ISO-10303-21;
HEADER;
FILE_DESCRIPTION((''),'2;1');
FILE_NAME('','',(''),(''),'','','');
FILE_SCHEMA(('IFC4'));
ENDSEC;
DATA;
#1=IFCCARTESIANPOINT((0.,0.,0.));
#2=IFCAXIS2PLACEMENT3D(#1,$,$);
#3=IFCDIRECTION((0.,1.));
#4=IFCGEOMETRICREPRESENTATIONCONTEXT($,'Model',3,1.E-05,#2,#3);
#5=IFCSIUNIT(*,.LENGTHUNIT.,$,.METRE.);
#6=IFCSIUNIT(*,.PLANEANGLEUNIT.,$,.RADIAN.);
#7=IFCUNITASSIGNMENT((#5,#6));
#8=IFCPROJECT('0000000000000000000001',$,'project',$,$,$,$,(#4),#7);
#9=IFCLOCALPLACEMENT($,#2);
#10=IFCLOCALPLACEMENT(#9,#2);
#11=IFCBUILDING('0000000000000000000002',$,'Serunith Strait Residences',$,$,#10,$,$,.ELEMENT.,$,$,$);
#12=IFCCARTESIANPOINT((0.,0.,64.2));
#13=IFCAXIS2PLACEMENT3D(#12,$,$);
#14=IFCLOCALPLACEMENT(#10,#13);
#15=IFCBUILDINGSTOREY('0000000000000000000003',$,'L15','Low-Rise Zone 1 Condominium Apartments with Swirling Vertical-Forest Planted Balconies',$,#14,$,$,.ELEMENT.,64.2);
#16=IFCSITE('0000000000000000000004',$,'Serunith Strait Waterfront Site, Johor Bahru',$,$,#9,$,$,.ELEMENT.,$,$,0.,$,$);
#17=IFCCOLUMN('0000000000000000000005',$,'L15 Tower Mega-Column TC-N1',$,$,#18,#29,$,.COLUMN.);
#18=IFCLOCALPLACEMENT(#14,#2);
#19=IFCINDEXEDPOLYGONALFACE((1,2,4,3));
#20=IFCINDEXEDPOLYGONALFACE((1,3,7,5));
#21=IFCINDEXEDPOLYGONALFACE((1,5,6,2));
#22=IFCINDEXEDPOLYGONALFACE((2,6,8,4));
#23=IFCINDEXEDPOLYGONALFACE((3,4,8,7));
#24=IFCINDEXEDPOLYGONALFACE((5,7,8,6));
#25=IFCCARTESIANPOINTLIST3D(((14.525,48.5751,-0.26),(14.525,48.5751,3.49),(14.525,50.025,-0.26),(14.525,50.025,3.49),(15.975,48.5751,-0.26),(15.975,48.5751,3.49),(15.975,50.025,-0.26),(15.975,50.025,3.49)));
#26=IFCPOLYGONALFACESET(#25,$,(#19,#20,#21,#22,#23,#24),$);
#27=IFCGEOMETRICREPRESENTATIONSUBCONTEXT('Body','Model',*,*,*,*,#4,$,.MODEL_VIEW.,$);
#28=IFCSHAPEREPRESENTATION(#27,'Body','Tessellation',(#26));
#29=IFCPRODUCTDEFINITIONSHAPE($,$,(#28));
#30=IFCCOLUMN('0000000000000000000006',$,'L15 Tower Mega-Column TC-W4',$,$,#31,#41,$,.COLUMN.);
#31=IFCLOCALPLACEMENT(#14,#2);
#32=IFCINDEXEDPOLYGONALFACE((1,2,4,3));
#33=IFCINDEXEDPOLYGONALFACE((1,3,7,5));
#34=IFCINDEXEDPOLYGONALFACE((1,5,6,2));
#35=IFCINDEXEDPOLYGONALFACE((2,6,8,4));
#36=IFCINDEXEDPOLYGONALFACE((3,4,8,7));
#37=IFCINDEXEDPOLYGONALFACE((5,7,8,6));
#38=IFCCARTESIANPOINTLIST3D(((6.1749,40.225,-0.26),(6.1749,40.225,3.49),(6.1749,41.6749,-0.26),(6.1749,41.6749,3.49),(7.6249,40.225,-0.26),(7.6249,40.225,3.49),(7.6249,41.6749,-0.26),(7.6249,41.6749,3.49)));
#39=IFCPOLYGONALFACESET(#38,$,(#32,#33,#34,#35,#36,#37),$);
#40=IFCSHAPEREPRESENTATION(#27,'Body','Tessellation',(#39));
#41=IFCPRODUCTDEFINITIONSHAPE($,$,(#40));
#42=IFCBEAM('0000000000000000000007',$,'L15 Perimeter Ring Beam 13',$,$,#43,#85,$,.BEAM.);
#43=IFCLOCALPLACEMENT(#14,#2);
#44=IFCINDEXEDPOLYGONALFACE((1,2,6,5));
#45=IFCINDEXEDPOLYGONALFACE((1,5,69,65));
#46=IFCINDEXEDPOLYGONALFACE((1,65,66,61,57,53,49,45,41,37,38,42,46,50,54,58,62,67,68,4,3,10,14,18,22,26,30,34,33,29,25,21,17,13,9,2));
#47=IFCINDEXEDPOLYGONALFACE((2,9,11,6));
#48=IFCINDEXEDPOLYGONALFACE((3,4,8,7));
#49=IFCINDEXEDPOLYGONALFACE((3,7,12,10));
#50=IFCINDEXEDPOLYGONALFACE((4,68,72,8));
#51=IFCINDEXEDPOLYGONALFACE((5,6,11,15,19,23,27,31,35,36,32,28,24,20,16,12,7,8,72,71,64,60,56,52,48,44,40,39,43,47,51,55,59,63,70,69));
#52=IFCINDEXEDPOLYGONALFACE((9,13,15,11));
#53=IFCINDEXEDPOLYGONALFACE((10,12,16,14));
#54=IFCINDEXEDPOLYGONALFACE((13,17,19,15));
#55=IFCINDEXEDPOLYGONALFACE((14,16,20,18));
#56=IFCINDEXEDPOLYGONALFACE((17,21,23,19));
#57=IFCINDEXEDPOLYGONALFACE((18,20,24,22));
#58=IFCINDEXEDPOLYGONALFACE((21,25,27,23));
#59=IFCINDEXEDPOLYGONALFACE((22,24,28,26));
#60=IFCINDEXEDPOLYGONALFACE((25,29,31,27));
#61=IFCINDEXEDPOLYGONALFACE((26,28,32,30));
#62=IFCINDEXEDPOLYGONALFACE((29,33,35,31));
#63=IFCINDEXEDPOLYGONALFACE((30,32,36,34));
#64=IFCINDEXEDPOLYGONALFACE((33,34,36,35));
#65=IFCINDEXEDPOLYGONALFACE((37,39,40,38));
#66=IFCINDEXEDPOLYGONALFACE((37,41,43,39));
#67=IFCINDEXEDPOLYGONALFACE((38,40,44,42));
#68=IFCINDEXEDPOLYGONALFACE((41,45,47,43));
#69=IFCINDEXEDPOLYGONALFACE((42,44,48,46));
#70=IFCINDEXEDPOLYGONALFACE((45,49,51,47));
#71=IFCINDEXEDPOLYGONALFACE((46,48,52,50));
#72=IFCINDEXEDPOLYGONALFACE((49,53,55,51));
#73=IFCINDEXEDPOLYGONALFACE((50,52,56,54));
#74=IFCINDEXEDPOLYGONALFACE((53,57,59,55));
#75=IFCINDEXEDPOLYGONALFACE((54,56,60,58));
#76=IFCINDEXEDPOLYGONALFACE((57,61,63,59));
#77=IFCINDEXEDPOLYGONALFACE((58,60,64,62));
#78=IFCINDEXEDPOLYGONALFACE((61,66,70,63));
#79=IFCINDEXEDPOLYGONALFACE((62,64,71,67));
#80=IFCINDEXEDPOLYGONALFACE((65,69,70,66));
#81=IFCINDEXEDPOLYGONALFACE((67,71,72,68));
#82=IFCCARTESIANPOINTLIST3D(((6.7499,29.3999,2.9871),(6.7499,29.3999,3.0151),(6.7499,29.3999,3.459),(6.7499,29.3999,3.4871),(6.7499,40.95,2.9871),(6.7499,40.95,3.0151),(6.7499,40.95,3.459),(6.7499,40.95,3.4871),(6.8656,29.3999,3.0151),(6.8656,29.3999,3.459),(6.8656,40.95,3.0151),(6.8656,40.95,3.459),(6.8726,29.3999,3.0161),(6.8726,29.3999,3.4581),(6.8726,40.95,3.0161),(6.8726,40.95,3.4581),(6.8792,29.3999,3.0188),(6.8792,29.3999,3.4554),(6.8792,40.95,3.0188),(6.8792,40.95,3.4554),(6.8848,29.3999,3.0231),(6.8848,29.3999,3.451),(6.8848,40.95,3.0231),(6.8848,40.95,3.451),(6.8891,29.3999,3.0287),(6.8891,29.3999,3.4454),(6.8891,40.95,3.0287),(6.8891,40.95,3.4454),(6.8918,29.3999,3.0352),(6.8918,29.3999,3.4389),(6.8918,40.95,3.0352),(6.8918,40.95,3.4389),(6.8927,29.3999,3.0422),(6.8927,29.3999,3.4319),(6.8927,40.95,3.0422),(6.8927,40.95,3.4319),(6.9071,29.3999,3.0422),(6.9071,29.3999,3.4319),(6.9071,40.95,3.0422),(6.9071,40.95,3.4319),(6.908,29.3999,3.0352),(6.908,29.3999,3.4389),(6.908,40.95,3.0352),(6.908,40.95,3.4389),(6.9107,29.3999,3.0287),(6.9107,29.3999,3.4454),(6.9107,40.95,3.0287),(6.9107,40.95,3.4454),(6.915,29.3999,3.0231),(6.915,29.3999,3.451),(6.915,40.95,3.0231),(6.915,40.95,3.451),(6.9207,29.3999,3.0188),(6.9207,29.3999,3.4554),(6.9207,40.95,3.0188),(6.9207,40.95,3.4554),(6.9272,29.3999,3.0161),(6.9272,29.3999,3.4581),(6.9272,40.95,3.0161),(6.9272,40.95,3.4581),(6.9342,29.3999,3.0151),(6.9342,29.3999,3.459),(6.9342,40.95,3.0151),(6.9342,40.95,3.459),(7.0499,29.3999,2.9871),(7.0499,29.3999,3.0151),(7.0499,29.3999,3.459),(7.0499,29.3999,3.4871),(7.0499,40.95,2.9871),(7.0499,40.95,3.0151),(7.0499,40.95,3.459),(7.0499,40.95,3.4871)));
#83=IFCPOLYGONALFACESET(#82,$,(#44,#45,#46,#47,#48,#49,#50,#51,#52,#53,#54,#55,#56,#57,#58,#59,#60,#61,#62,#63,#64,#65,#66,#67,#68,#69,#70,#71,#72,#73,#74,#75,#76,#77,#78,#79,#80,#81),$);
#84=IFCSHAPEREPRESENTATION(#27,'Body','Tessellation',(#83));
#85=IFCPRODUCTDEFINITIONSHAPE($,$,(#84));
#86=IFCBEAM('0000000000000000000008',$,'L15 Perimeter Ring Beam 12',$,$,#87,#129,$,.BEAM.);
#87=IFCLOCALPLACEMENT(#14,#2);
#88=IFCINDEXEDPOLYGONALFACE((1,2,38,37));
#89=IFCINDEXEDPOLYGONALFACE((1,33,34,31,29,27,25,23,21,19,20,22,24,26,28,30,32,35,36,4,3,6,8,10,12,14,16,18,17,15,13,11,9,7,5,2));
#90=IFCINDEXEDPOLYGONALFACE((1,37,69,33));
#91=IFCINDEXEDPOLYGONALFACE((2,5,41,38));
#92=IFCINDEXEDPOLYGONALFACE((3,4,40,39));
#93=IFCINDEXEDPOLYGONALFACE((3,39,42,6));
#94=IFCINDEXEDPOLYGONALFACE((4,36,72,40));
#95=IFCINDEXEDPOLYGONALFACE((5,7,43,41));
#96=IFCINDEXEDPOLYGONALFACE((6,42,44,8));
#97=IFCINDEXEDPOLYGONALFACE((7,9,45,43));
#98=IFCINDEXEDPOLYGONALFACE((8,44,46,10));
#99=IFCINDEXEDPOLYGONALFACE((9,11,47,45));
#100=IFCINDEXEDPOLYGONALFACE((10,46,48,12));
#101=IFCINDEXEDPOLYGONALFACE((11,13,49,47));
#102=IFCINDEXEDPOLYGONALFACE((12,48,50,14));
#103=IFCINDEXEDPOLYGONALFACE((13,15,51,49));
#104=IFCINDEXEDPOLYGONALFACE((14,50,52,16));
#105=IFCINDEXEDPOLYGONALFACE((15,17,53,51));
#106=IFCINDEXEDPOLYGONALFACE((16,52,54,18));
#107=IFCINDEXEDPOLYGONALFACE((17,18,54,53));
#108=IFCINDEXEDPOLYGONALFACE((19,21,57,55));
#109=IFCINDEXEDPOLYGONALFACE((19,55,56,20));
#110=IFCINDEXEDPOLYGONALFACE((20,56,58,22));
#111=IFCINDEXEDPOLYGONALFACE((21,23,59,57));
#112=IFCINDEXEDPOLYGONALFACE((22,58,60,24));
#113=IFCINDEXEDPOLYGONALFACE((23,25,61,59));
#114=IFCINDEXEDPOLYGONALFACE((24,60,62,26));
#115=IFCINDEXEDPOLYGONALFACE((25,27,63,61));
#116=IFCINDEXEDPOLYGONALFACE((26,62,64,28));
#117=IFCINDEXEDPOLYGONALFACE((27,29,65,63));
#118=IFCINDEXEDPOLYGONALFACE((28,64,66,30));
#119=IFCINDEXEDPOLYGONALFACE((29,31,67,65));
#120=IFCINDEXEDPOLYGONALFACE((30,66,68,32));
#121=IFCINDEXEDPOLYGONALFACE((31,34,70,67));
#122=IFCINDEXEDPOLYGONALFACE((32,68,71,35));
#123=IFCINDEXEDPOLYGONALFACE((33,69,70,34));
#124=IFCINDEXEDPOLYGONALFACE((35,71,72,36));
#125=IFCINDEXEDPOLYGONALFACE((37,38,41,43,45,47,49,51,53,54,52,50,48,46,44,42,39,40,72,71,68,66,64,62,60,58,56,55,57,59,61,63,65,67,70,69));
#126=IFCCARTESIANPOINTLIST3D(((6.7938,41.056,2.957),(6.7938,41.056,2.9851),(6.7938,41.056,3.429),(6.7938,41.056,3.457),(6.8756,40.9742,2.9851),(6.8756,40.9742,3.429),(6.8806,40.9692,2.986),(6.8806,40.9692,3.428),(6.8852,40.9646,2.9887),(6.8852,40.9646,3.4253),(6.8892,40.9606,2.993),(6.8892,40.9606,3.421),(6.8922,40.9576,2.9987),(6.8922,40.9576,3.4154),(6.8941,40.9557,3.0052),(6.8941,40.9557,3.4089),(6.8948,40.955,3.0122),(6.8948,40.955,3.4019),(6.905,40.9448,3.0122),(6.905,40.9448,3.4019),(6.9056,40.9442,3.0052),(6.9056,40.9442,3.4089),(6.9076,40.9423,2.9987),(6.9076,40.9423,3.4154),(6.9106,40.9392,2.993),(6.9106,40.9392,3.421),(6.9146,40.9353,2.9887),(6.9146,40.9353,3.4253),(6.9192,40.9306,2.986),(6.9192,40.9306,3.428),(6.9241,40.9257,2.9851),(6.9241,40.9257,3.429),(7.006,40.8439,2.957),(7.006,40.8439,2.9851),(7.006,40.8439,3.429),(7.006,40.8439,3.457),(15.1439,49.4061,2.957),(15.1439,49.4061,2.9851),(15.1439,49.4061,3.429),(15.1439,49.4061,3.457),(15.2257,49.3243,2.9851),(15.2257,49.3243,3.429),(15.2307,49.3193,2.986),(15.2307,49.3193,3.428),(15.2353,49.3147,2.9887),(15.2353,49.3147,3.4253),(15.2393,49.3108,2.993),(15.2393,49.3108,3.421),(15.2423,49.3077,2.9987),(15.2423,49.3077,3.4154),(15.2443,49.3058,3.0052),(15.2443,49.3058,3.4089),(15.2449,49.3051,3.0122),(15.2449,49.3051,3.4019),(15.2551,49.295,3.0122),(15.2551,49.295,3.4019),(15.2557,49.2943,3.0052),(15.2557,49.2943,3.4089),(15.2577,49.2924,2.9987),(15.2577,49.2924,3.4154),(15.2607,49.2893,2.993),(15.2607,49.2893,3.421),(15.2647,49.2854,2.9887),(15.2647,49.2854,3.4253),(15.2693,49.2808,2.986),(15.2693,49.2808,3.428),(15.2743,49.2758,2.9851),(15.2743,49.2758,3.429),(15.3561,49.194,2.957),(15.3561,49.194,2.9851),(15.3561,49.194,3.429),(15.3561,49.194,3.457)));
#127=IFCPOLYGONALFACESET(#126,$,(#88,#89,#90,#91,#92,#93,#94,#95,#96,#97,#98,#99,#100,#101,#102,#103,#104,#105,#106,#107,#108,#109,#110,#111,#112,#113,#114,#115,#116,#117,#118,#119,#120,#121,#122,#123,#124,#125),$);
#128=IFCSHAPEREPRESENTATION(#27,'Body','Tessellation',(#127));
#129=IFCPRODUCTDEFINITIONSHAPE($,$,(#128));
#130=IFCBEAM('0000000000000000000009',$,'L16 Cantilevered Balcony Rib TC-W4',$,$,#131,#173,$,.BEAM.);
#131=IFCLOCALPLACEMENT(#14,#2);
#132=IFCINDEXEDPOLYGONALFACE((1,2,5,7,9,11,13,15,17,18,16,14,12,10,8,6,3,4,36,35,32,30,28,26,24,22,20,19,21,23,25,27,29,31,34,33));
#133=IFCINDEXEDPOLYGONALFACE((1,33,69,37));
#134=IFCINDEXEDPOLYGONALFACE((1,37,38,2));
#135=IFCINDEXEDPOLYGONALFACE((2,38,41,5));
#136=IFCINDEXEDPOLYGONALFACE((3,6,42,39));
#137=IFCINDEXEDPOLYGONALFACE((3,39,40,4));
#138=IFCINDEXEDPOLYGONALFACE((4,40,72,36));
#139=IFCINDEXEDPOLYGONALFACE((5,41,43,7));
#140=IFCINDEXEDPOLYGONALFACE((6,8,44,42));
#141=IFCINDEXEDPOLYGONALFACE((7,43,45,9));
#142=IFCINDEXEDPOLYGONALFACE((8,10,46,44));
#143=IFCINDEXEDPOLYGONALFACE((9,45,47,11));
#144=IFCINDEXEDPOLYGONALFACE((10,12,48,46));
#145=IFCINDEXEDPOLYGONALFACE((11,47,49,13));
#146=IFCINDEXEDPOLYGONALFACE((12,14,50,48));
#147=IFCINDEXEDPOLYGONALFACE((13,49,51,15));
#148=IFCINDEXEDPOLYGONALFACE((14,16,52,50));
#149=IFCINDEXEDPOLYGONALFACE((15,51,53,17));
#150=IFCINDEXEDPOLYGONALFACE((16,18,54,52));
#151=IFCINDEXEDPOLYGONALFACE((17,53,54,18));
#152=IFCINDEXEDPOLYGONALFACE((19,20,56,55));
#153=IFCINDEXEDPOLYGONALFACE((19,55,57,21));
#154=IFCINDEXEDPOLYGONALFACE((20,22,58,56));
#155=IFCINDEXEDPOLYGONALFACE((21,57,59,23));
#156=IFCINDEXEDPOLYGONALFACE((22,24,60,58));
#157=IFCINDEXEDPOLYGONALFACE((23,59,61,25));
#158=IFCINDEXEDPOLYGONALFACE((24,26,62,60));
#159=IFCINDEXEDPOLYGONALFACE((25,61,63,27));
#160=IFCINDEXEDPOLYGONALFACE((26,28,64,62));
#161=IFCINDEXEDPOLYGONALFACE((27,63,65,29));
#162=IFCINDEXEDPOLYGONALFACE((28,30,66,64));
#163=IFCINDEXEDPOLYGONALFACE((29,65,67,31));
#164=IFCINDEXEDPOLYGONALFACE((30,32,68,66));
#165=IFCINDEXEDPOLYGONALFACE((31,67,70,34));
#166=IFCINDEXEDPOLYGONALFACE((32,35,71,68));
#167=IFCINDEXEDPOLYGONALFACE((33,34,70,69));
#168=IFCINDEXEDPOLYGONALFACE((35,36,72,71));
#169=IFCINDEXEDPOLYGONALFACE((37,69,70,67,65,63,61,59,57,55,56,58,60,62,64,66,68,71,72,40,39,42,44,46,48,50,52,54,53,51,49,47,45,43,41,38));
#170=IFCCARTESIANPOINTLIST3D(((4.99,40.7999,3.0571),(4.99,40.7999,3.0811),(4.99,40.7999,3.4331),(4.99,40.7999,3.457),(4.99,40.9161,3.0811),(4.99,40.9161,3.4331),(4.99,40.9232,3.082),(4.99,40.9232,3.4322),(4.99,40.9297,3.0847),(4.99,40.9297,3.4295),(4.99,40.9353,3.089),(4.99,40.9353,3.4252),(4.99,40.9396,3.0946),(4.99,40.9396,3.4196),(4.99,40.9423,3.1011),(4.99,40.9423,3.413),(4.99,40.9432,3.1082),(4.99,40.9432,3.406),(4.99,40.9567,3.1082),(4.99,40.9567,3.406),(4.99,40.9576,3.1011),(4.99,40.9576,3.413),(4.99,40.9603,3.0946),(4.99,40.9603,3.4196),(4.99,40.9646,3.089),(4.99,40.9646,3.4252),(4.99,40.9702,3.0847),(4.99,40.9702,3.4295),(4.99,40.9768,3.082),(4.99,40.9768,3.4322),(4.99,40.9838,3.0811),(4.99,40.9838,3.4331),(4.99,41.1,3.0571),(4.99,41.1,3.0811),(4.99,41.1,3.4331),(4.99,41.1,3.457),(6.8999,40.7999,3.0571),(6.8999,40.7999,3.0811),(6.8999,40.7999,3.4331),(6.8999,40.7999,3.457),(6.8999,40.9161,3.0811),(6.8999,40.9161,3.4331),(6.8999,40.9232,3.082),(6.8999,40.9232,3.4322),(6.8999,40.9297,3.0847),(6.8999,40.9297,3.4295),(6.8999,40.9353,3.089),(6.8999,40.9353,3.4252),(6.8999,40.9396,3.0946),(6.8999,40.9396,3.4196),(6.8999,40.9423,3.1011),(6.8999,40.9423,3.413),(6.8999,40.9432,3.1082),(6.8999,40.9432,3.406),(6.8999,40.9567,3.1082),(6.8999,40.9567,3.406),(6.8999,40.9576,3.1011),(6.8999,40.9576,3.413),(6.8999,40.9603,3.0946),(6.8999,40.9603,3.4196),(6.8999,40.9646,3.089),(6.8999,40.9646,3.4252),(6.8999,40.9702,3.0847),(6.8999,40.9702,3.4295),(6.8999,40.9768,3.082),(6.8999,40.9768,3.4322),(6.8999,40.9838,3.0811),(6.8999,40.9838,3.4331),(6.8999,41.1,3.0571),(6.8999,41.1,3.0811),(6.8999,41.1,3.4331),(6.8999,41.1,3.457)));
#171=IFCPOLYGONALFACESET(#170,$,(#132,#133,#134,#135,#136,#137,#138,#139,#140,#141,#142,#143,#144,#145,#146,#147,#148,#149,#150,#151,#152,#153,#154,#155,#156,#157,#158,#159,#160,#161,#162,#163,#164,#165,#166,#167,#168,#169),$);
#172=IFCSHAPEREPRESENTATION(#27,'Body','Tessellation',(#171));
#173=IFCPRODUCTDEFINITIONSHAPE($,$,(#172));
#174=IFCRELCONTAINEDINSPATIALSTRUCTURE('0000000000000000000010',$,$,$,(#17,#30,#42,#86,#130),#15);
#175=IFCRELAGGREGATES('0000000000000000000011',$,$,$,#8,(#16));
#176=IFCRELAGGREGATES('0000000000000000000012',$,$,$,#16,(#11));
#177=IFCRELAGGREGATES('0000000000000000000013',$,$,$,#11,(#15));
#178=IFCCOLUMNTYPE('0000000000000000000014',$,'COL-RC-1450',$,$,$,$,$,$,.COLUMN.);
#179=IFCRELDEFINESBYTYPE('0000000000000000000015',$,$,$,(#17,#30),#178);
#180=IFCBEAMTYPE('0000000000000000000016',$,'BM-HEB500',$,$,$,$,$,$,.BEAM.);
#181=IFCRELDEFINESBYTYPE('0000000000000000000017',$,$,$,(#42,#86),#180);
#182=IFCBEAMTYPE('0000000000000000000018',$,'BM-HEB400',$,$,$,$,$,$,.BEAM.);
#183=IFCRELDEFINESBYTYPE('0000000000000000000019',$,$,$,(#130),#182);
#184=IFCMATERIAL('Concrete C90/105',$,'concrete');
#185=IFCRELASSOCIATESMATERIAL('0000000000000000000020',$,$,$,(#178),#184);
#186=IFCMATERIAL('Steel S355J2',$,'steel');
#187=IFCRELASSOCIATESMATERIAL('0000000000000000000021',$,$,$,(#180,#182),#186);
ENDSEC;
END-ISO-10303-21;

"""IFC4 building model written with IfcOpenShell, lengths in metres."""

from ifc_helpers import new_model, si_unit, direction, frame, origin, origin_2d, place, context, subcontext, project, spatial, rectangle, i_section, extrude, source, transform, mapped, material, material_profile, profile_set, type_object, element, save


model = new_model("IFC4")

# Units and contexts
model_context = context("Model", 3, precision=1e-05, world=origin(), true_north=direction((0.0, 1.0)))
body_context = subcontext(model_context, "Body", "Model", "MODEL_VIEW")
ifc_project = project(units=[si_unit("LENGTHUNIT", "METRE"), si_unit("PLANEANGLEUNIT", "RADIAN")], contexts=[model_context])

# Site, building, storey
site_placement = place(None, origin())
site = spatial("IfcSite", under=ifc_project, at=site_placement, Name="Serunith Strait Waterfront Site, Johor Bahru", CompositionType="ELEMENT", RefElevation=0.0)
building_placement = place(site_placement, origin())
building = spatial("IfcBuilding", under=site, at=building_placement, Name="Serunith Strait Residences", CompositionType="ELEMENT")
storey_placement = place(building_placement, frame((0.0, 0.0, 64.2)))
storey = spatial("IfcBuildingStorey", under=building, at=storey_placement, Name="L15", Description="Low-Rise Zone 1 Condominium Apartments with Swirling Vertical-Forest Planted Balconies", CompositionType="ELEMENT", Elevation=64.2)

# Columns
ifc_material_1 = material(Name="Concrete C90/105", Category="concrete")
ifc_material_profile_1 = material_profile(ifc_material_1, rectangle(XDim=1.45, YDim=1.45, at=origin_2d()), Name="RC 1450x1450")
ifc_profile_set_1 = profile_set([ifc_material_profile_1], Name="Concrete C90/105")
column_type = type_object("IfcColumnType", Name="COL-RC-1450", PredefinedType="COLUMN", material=ifc_profile_set_1)
shared_shape_1 = source(origin(), body_context, "Body", "SweptSolid", [
    extrude(rectangle(XDim=1.45, YDim=1.45, at=origin_2d()), origin(), (0.0, 0.0, 1.0), 3.75),
])
for number, where, z_axis, x_axis, name in (
    (1, (15.25, 49.3, -0.26), (0.0, 0.0, 1.0), (1.0, 0.0, 0.0), "L15 Tower Mega-Column TC-N1"),
    (2, (6.8999, 40.95, -0.26), (0.0, 0.0, 1.0), (1.0, 0.0, 0.0), "L15 Tower Mega-Column TC-W4"),
):
    element("IfcColumn", number, at=place(storey_placement, frame(where, z_axis=z_axis, x_axis=x_axis)), inside=storey, type_object=column_type, Name=name, PredefinedType="COLUMN", context=body_context, shape_type="MappedRepresentation", body=[
        mapped(shared_shape_1, transform((0.0, 0.0, 0.0), scale=1.0)),
    ])

# Beams
ifc_material_2 = material(Name="Steel S355J2", Category="steel")
ifc_material_profile_2 = material_profile(ifc_material_2, i_section(OverallWidth=0.3, OverallDepth=0.5, WebThickness=0.0144, FlangeThickness=0.0281, FilletRadius=0.0271, at=origin_2d()), Name="HEB 500")
ifc_profile_set_2 = profile_set([ifc_material_profile_2], Name="Steel S355J2")
beam_type_1 = type_object("IfcBeamType", Name="BM-HEB500", PredefinedType="BEAM", material=ifc_profile_set_2)
shared_shape_2 = source(origin(), body_context, "Body", "SweptSolid", [
    extrude(i_section(OverallWidth=0.3, OverallDepth=0.5, WebThickness=0.0144, FlangeThickness=0.0281, FilletRadius=0.0271, at=origin_2d()), origin(), (0.0, 0.0, 1.0), 11.55),
])
beam_1_placement = place(storey_placement, frame((6.8999, 40.95, 3.2371), z_axis=(0.0, -1.0, 0.0), x_axis=(1.0, 0.0, 0.0)))
element("IfcBeam", 3, at=beam_1_placement, inside=storey, type_object=beam_type_1, Name="L15 Perimeter Ring Beam 13", PredefinedType="BEAM", context=body_context, shape_type="MappedRepresentation", body=[
    mapped(shared_shape_2, transform((0.0, 0.0, 0.0), scale=1.0)),
])
shared_shape_3 = source(origin(), body_context, "Body", "SweptSolid", [
    extrude(i_section(OverallWidth=0.3, OverallDepth=0.5, WebThickness=0.0144, FlangeThickness=0.0281, FilletRadius=0.0271, at=origin_2d()), origin(), (0.0, 0.0, 1.0), 11.8088),
])
beam_2_placement = place(storey_placement, frame((15.25, 49.3, 3.207), z_axis=(-0.707107, -0.707107, 0.0), x_axis=(0.707107, -0.707107, 0.0)))
element("IfcBeam", 4, at=beam_2_placement, inside=storey, type_object=beam_type_1, Name="L15 Perimeter Ring Beam 12", PredefinedType="BEAM", context=body_context, shape_type="MappedRepresentation", body=[
    mapped(shared_shape_3, transform((0.0, 0.0, 0.0), scale=1.0)),
])
ifc_material_profile_3 = material_profile(ifc_material_2, i_section(OverallWidth=0.3, OverallDepth=0.3999, WebThickness=0.0134, FlangeThickness=0.0239, FilletRadius=0.0271, at=origin_2d()), Name="HEB 400")
ifc_profile_set_3 = profile_set([ifc_material_profile_3], Name="Steel S355J2")
beam_type_2 = type_object("IfcBeamType", Name="BM-HEB400", PredefinedType="BEAM", material=ifc_profile_set_3)
shared_shape_4 = source(origin(), body_context, "Body", "SweptSolid", [
    extrude(i_section(OverallWidth=0.3, OverallDepth=0.3999, WebThickness=0.0134, FlangeThickness=0.0239, FilletRadius=0.0271, at=origin_2d()), origin(), (0.0, 0.0, 1.0), 1.9099),
])
beam_3_placement = place(storey_placement, frame((6.8999, 40.95, 3.2571), z_axis=(-1.0, 0.0, 0.0), x_axis=(0.0, -1.0, 0.0)))
element("IfcBeam", 5, at=beam_3_placement, inside=storey, type_object=beam_type_2, Name="L16 Cantilevered Balcony Rib TC-W4", PredefinedType="BEAM", context=body_context, shape_type="MappedRepresentation", body=[
    mapped(shared_shape_4, transform((0.0, 0.0, 0.0), scale=1.0)),
])

save(model, "model.ifc")
